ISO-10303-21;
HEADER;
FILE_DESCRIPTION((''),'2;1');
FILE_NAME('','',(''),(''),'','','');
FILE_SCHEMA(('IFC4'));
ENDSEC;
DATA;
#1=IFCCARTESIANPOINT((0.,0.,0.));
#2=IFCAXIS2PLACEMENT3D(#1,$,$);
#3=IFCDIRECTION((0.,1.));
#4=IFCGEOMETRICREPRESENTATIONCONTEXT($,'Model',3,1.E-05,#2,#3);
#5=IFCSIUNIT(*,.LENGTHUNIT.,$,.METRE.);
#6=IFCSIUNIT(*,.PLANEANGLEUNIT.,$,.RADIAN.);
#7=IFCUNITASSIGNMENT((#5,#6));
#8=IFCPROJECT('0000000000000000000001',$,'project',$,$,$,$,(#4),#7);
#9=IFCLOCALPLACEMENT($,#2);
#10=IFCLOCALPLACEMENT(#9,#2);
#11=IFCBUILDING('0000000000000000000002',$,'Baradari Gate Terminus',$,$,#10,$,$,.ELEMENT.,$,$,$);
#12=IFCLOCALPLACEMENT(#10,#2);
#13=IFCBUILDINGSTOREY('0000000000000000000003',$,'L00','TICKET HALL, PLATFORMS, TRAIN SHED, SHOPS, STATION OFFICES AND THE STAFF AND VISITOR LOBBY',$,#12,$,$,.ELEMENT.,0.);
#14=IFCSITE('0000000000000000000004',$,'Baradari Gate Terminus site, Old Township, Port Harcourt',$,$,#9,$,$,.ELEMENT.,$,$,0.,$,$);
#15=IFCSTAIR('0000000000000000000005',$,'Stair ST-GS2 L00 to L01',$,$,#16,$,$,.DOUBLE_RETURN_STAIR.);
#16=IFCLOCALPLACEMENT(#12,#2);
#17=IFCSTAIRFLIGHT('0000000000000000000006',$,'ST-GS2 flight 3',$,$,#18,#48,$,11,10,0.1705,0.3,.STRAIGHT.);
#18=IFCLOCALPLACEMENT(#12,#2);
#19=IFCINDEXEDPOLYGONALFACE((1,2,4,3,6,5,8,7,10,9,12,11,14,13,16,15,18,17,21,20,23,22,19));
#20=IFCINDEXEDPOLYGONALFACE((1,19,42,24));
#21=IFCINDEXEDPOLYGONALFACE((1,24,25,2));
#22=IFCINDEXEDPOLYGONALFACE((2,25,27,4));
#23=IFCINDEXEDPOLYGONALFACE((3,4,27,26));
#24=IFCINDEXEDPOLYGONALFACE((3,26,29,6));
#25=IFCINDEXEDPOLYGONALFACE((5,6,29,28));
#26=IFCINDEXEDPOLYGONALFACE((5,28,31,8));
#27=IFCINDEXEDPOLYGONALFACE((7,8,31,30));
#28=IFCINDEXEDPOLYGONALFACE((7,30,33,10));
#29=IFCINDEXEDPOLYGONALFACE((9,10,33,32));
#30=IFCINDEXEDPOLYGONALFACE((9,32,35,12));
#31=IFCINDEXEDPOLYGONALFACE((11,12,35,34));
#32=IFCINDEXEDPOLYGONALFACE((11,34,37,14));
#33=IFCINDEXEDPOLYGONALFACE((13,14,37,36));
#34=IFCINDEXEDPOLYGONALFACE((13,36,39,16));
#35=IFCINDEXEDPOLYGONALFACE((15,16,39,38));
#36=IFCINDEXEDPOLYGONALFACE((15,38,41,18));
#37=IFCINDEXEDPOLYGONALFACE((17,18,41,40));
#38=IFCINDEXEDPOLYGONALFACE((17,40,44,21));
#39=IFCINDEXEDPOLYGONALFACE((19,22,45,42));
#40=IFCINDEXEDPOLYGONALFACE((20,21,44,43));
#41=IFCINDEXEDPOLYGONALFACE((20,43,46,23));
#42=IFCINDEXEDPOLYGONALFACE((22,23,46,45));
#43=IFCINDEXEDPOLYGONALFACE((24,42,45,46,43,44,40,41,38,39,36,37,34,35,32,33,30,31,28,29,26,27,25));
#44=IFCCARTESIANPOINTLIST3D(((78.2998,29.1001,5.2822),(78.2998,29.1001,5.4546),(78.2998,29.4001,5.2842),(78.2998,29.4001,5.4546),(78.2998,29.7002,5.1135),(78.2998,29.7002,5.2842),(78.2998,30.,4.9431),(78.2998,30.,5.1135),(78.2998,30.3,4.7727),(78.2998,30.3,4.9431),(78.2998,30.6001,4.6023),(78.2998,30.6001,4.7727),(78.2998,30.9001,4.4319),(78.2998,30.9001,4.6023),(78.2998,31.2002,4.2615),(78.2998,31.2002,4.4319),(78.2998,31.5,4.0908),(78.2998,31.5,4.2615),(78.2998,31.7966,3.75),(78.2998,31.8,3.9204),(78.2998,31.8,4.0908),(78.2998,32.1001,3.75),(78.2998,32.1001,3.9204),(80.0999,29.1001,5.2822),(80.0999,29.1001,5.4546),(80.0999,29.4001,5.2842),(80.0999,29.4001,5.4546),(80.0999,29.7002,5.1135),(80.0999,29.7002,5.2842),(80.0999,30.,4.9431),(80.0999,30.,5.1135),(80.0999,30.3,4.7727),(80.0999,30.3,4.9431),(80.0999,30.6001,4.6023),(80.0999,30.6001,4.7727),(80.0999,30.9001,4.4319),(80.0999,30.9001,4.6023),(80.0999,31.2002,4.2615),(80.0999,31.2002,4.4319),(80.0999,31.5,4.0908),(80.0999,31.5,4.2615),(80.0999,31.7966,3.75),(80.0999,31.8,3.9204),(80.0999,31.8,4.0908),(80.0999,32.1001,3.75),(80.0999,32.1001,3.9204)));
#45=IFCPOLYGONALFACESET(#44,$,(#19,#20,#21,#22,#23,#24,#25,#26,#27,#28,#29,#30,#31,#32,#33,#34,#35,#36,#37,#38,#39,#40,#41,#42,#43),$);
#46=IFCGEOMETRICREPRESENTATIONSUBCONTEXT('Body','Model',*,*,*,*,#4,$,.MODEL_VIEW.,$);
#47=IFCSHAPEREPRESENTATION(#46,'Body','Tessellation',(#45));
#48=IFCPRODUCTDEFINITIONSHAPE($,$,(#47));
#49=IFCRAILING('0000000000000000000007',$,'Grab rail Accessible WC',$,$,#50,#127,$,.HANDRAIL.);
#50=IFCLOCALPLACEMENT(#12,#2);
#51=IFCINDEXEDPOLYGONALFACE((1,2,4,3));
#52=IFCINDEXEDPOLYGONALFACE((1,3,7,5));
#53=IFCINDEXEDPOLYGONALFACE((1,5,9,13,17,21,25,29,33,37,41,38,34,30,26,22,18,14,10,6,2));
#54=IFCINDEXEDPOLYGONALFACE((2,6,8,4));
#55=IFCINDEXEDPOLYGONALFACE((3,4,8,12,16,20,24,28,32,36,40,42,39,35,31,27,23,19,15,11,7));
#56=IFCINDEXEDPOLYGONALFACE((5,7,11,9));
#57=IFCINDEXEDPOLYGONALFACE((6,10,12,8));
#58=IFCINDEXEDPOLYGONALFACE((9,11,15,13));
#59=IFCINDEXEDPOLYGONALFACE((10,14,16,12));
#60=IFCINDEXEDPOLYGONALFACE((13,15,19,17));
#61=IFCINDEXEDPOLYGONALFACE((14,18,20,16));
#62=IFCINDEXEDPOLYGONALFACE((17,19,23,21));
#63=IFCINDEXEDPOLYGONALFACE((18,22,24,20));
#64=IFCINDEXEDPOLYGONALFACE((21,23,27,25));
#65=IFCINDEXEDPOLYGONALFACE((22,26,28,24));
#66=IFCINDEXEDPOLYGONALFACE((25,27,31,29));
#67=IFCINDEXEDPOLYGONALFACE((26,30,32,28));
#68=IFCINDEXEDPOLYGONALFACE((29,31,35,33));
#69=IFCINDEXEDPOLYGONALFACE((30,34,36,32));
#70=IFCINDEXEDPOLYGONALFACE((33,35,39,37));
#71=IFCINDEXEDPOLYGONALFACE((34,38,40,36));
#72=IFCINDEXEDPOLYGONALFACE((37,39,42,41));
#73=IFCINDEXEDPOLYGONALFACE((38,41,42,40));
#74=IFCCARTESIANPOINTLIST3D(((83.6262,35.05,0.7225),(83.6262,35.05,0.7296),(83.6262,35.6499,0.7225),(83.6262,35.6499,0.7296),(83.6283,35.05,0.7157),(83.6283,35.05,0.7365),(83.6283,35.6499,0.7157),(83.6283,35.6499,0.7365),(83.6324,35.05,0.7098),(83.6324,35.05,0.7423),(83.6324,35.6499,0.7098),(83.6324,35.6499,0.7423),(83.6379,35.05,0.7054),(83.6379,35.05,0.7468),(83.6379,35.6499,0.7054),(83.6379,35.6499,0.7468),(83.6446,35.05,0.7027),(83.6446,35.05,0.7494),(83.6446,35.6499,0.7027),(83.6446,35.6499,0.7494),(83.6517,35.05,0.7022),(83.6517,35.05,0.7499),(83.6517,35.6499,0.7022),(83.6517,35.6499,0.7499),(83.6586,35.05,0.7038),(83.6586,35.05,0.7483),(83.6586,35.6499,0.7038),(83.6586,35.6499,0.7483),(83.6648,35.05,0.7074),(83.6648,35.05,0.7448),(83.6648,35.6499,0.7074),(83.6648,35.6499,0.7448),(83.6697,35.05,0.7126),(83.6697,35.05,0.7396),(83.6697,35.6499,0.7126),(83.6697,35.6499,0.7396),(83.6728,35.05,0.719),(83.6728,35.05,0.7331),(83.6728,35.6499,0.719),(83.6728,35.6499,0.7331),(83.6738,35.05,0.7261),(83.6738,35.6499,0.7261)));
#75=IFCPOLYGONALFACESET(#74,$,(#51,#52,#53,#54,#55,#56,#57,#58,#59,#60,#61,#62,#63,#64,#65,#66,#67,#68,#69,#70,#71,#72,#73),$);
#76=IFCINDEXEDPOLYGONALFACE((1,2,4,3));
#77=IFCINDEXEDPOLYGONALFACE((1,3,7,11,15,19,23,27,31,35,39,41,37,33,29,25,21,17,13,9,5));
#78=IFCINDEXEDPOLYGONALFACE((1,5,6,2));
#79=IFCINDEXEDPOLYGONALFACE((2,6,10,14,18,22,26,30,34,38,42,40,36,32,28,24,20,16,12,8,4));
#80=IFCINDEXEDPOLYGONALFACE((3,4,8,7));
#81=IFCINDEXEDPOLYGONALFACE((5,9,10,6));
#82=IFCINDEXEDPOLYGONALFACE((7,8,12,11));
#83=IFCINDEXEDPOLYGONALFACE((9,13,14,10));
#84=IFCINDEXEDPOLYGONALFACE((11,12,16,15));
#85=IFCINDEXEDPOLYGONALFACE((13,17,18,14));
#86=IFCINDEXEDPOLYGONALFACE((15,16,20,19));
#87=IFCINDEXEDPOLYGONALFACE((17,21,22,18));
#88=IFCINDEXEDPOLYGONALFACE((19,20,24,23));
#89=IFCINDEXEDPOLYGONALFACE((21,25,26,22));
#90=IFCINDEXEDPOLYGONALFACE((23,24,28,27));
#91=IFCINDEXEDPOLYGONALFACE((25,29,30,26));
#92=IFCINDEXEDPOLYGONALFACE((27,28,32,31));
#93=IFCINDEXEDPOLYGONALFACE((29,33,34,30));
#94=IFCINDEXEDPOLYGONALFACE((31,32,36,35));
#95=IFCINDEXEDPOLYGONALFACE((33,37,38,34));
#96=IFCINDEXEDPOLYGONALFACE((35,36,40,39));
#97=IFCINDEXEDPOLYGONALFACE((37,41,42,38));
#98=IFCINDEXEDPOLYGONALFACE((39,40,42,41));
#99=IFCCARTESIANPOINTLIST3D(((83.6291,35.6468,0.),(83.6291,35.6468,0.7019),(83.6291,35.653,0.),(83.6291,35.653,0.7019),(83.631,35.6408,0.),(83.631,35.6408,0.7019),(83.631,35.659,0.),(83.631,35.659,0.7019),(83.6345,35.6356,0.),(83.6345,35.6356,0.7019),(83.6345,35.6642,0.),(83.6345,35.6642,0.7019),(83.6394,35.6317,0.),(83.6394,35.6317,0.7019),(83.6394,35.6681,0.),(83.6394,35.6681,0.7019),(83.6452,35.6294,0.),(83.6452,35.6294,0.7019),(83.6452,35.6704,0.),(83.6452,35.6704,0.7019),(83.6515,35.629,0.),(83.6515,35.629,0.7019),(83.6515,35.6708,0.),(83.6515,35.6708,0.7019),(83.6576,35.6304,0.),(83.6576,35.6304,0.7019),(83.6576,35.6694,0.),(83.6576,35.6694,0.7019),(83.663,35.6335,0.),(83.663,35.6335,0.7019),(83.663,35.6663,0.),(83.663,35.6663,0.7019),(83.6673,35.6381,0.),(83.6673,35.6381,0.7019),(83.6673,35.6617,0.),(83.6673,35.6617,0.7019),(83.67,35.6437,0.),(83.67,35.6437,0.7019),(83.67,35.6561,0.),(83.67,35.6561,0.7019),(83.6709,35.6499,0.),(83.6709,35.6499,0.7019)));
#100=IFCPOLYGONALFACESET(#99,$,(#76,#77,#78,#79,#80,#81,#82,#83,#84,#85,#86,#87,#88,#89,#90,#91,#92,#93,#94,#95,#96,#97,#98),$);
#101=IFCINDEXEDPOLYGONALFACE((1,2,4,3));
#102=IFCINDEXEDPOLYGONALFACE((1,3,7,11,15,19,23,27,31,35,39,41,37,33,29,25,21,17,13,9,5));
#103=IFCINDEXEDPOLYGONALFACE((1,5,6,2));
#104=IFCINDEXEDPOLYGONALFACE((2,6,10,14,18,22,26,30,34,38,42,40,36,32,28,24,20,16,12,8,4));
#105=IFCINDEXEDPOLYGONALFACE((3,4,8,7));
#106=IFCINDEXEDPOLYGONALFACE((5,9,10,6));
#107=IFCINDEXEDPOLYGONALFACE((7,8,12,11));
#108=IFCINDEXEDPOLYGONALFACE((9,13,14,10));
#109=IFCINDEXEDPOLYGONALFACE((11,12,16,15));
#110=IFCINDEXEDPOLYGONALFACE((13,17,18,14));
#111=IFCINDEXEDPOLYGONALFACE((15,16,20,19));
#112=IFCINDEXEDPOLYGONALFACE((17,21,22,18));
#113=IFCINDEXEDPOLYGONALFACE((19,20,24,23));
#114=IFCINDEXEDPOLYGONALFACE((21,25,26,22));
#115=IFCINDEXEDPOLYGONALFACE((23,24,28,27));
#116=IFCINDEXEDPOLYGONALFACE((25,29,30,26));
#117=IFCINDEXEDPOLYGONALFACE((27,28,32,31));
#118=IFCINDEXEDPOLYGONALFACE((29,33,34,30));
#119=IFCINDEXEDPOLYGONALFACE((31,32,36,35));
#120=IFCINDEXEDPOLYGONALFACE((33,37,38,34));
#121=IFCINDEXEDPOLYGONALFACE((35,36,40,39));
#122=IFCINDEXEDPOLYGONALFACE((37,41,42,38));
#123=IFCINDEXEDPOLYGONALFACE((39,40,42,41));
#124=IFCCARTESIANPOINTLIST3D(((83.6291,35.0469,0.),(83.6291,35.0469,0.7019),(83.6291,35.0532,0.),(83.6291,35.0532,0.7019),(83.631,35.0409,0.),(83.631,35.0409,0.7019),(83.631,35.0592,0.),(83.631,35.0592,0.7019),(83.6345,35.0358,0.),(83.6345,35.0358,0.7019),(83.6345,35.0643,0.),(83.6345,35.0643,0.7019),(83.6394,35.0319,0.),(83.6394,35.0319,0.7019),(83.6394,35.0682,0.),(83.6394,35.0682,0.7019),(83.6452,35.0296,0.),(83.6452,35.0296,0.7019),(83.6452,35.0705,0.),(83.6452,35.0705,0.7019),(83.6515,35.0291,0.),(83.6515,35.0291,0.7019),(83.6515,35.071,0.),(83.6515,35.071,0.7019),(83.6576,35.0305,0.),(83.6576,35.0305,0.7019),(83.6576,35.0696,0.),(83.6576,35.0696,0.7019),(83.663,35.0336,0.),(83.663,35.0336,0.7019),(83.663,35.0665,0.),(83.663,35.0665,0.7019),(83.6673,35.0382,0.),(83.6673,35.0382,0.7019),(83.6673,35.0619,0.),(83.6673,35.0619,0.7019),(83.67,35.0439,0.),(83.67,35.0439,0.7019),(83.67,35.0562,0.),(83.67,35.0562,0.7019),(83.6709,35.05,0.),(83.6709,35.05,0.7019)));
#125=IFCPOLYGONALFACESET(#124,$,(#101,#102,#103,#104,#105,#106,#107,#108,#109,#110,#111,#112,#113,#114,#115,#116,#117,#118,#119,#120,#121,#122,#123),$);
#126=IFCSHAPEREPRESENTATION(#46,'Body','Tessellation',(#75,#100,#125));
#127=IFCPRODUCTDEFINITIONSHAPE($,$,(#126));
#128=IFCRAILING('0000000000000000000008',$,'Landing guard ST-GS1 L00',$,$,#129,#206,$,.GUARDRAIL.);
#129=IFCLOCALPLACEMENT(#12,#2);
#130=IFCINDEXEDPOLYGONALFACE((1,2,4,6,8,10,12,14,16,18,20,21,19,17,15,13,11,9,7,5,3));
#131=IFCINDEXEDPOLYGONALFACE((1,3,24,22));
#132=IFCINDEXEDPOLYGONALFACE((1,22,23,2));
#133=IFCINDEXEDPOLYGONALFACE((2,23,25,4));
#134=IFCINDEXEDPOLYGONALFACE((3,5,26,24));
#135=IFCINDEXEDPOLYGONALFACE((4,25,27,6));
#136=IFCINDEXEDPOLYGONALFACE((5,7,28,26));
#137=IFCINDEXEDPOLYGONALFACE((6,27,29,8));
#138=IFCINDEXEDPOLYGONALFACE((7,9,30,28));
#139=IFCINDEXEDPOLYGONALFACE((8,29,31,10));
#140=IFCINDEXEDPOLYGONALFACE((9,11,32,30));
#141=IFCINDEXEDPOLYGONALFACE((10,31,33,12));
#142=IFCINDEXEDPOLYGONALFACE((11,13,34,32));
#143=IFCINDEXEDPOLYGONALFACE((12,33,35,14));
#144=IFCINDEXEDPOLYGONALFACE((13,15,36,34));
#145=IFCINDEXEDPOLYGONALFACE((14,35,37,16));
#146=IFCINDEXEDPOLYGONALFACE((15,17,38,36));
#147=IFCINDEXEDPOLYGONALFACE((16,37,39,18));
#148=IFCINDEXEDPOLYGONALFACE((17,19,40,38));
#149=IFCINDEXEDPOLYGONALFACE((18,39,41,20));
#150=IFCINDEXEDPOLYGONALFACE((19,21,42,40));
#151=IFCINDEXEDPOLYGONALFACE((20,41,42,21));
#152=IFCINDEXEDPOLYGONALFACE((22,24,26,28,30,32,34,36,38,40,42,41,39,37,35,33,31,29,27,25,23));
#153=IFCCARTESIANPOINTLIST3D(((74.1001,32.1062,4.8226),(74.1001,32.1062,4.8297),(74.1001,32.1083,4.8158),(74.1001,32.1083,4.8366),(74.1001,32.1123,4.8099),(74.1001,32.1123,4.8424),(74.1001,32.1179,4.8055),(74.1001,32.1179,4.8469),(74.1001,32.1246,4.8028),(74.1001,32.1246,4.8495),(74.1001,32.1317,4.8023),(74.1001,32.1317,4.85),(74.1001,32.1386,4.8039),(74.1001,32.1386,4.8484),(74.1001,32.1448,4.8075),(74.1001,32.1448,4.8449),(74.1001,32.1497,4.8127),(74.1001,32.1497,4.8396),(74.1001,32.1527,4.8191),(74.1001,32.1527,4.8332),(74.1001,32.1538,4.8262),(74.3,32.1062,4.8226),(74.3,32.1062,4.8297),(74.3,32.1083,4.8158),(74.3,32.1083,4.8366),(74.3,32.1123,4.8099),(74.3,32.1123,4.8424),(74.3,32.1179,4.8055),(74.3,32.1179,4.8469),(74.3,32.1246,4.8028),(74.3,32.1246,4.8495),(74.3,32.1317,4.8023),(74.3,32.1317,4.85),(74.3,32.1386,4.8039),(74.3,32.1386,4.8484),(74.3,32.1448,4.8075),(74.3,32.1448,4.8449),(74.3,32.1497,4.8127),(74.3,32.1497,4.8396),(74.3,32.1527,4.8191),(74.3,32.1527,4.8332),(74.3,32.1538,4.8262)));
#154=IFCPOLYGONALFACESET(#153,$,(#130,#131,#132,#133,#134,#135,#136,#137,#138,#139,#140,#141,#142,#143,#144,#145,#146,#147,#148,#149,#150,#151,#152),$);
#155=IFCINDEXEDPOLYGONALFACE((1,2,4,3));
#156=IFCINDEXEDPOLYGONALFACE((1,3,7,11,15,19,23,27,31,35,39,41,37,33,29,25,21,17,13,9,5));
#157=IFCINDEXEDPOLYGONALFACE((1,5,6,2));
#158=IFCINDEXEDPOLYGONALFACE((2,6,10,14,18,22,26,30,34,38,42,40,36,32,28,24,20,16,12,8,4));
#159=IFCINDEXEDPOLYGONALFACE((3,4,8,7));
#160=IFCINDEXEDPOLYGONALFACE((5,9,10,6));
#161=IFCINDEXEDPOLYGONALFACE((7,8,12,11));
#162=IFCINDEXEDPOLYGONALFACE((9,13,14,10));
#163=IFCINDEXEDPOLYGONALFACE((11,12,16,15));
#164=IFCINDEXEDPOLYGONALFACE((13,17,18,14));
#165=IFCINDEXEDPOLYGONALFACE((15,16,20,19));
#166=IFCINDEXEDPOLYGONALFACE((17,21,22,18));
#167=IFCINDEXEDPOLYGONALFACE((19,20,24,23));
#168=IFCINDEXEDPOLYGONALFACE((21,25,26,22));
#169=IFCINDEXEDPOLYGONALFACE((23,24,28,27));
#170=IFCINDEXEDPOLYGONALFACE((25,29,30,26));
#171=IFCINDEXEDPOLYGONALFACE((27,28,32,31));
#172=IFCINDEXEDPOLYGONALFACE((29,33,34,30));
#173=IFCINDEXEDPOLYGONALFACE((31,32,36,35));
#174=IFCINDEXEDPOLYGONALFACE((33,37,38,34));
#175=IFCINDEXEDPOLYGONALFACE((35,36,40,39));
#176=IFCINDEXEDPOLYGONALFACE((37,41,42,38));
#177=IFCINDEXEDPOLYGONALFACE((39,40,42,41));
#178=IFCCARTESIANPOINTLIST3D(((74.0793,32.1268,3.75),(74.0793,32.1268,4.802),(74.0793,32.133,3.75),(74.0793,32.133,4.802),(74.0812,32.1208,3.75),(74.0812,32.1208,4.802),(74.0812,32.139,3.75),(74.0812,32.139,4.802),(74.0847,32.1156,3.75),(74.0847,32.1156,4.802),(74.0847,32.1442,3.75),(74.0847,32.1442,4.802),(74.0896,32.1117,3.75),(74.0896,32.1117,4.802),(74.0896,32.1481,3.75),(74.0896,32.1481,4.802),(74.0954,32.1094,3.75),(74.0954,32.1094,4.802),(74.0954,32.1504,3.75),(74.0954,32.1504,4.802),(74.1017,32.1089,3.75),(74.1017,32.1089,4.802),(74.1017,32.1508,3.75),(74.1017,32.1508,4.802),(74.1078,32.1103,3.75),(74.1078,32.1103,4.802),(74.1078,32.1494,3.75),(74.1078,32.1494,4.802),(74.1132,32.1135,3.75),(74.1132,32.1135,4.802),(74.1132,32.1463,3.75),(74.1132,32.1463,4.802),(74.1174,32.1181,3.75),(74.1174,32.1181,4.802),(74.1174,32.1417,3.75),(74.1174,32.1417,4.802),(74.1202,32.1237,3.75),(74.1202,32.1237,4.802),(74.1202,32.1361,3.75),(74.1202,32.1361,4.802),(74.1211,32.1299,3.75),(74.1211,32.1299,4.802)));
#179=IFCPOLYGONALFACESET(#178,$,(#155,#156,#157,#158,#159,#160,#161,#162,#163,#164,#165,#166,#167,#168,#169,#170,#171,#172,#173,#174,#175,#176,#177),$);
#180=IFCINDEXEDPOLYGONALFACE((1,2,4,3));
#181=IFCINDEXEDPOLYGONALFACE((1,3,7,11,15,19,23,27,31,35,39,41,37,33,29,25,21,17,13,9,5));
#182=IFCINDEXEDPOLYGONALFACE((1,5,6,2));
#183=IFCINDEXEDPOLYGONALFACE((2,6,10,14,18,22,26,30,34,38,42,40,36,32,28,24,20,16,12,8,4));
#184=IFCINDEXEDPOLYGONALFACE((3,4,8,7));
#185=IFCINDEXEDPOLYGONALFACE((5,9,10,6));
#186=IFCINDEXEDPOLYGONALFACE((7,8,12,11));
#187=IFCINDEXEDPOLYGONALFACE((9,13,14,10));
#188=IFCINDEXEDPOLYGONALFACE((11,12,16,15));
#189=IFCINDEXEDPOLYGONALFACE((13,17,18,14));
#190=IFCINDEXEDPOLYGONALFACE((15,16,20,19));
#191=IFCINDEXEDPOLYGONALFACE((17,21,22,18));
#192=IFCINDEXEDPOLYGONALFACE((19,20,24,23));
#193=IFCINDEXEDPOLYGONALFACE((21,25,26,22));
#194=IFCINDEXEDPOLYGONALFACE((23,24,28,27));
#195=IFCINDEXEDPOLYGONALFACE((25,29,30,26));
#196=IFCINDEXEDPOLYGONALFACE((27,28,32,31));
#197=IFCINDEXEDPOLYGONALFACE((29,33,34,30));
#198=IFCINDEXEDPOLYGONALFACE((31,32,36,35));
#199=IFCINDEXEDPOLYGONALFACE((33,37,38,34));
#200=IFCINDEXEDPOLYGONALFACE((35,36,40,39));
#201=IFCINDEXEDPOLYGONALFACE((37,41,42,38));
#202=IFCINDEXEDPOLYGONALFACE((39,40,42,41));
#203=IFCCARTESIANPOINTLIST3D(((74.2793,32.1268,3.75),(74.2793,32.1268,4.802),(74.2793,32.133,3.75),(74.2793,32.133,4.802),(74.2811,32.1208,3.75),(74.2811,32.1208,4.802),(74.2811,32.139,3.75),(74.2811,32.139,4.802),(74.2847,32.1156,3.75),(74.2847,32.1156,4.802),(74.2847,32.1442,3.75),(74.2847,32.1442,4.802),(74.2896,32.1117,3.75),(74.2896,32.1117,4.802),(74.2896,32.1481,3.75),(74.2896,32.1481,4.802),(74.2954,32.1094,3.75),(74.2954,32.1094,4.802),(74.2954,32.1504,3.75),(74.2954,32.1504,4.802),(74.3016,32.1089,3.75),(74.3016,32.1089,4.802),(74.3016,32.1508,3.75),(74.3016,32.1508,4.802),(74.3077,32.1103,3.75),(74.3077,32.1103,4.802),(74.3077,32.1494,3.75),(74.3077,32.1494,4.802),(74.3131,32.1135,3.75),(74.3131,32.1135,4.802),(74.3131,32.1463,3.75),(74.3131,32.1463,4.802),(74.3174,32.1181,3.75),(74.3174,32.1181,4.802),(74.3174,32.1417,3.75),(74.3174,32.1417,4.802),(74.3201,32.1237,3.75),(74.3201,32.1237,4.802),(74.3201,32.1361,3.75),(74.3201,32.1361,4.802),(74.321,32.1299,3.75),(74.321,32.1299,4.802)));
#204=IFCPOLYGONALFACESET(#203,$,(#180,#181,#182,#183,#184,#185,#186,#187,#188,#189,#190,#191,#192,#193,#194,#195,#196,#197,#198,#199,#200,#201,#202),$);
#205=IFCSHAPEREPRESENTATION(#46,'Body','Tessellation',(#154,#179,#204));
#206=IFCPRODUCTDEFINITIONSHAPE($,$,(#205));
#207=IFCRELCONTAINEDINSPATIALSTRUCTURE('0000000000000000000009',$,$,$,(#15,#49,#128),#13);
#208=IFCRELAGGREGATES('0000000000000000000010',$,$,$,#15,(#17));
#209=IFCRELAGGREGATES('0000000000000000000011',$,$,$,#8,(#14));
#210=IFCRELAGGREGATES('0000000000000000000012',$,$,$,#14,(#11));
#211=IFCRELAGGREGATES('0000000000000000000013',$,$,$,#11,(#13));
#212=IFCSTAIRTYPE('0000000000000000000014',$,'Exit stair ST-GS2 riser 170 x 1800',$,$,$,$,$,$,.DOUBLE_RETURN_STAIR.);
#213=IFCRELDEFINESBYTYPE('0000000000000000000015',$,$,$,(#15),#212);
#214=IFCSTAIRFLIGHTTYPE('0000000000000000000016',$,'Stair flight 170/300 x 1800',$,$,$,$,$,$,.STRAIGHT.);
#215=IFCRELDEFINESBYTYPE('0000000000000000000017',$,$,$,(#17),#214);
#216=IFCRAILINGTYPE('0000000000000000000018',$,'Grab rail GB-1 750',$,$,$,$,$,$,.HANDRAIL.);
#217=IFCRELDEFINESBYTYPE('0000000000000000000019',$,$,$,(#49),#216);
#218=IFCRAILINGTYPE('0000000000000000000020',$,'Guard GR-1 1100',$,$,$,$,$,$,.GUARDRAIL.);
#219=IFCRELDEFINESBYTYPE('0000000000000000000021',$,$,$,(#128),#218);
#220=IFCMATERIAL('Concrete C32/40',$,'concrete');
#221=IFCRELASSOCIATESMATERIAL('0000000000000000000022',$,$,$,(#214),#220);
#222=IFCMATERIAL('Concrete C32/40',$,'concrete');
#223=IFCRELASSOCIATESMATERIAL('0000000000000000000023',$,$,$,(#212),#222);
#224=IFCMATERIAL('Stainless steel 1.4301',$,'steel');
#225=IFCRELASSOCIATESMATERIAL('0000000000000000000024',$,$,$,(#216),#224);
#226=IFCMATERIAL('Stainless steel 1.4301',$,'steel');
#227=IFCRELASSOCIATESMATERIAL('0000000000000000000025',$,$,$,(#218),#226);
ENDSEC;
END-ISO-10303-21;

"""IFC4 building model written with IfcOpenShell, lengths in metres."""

from ifc_helpers import new_model, si_unit, direction, frame, origin, origin_2d, place, context, subcontext, project, spatial, polyline, circle, outline, extrude, material, type_object, element, aggregate, save


model = new_model("IFC4")

# Units and contexts
model_context = context("Model", 3, precision=1e-05, world=origin(), true_north=direction((0.0, 1.0)))
body_context = subcontext(model_context, "Body", "Model", "MODEL_VIEW")
ifc_project = project(units=[si_unit("LENGTHUNIT", "METRE"), si_unit("PLANEANGLEUNIT", "RADIAN")], contexts=[model_context])

# Site, building, storey
site_placement = place(None, origin())
site = spatial("IfcSite", under=ifc_project, at=site_placement, Name="Baradari Gate Terminus site, Old Township, Port Harcourt", CompositionType="ELEMENT", RefElevation=0.0)
building_placement = place(site_placement, origin())
building = spatial("IfcBuilding", under=site, at=building_placement, Name="Baradari Gate Terminus", CompositionType="ELEMENT")
storey_placement = place(building_placement, origin())
storey = spatial("IfcBuildingStorey", under=building, at=storey_placement, Name="L00", Description="TICKET HALL, PLATFORMS, TRAIN SHED, SHOPS, STATION OFFICES AND THE STAFF AND VISITOR LOBBY", CompositionType="ELEMENT", Elevation=0.0)

# Stair, stair flight
ifc_material_1 = material(Name="Concrete C32/40", Category="concrete")
stair_flight_type = type_object("IfcStairFlightType", Name="Stair flight 170/300 x 1800", PredefinedType="STRAIGHT", material=ifc_material_1)
ifc_material_2 = material(Name="Concrete C32/40", Category="concrete")
stair_type_1 = type_object("IfcStairType", Name="Exit stair ST-GS2 riser 170 x 1800", PredefinedType="DOUBLE_RETURN_STAIR", material=ifc_material_2)
stair_1_placement = place(storey_placement, origin())
stair_1 = element("IfcStair", 1, at=stair_1_placement, inside=storey, type_object=stair_type_1, Name="Stair ST-GS2 L00 to L01", PredefinedType="DOUBLE_RETURN_STAIR")
stair_flight_1_placement = place(storey_placement, frame((79.2, 32.1001, 3.75), z_axis=(0.0, 0.0, 1.0), x_axis=(0.0, -1.0, 0.0)))
stair_flight_1 = element("IfcStairFlight", 2, at=stair_flight_1_placement, type_object=stair_flight_type, Name="ST-GS2 flight 3", NumberOfRisers=11, NumberOfTreads=10, PredefinedType="STRAIGHT", RiserHeight=0.1705, TreadLength=0.3, context=body_context, shape_type="SweptSolid", body=[
    extrude(outline(polyline([(0.0, 0.0), (0.0, 0.1704), (0.3, 0.1704), (0.3, 0.3408), (0.6001, 0.3408), (0.6001, 0.5115), (0.8999, 0.5115), (0.8999, 0.6819), (1.2, 0.6819), (1.2, 0.8523), (1.5, 0.8523), (1.5, 1.0227), (1.8, 1.0227), (1.8, 1.1931), (2.1001, 1.1931), (2.1001, 1.3635), (2.3999, 1.3635), (2.3999, 1.5342), (2.7, 1.5342), (2.7, 1.7046), (3.0, 1.7046), (3.0, 1.875), (3.0, 1.5322), (0.3035, 0.0), (0.0, 0.0)])), frame((0.0, 0.8999, 0.0), z_axis=(0.0, -1.0, 0.0), x_axis=(1.0, 0.0, 0.0)), (0.0, 0.0, 1.0), 1.8),
])
aggregate(stair_1, [stair_flight_1])

# Railings
ifc_material_3 = material(Name="Stainless steel 1.4301", Category="steel")
railing_type_1 = type_object("IfcRailingType", Name="Grab rail GB-1 750", PredefinedType="HANDRAIL", material=ifc_material_3)
railing_1_placement = place(storey_placement, frame((83.6499, 35.6499, 0.0)))
element("IfcRailing", 3, at=railing_1_placement, inside=storey, type_object=railing_type_1, Name="Grab rail Accessible WC", PredefinedType="HANDRAIL", context=body_context, shape_type="SweptSolid", body=[
    extrude(circle(Radius=0.0239, at=origin_2d()), frame((0.0, 0.0, 0.7261), z_axis=(0.0, -1.0, 0.0), x_axis=(1.0, 0.0, 0.0)), (0.0, 0.0, 1.0), 0.5999),
    extrude(circle(Radius=0.021, at=origin_2d()), origin(), (0.0, 0.0, 1.0), 0.7019),
    extrude(circle(Radius=0.021, at=origin_2d()), frame((0.0, -0.5999, 0.0)), (0.0, 0.0, 1.0), 0.7019),
])
ifc_material_4 = material(Name="Stainless steel 1.4301", Category="steel")
railing_type_2 = type_object("IfcRailingType", Name="Guard GR-1 1100", PredefinedType="GUARDRAIL", material=ifc_material_4)
for number, where, name in (
    (4, (74.1001, 32.1299, 3.75), "Landing guard ST-GS1 L00"),
):
    element("IfcRailing", number, at=place(storey_placement, frame(where)), inside=storey, type_object=railing_type_2, Name=name, PredefinedType="GUARDRAIL", context=body_context, shape_type="SweptSolid", body=[
        extrude(circle(Radius=0.0239, at=origin_2d()), frame((0.0, 0.0, 1.0762), z_axis=(1.0, 0.0, 0.0), x_axis=(0.0, 1.0, 0.0)), (0.0, 0.0, 1.0), 0.2),
        extrude(circle(Radius=0.021, at=origin_2d()), origin(), (0.0, 0.0, 1.0), 1.052),
        extrude(circle(Radius=0.021, at=origin_2d()), frame((0.2, 0.0, 0.0)), (0.0, 0.0, 1.0), 1.052),
    ])

save(model, "model.ifc")
